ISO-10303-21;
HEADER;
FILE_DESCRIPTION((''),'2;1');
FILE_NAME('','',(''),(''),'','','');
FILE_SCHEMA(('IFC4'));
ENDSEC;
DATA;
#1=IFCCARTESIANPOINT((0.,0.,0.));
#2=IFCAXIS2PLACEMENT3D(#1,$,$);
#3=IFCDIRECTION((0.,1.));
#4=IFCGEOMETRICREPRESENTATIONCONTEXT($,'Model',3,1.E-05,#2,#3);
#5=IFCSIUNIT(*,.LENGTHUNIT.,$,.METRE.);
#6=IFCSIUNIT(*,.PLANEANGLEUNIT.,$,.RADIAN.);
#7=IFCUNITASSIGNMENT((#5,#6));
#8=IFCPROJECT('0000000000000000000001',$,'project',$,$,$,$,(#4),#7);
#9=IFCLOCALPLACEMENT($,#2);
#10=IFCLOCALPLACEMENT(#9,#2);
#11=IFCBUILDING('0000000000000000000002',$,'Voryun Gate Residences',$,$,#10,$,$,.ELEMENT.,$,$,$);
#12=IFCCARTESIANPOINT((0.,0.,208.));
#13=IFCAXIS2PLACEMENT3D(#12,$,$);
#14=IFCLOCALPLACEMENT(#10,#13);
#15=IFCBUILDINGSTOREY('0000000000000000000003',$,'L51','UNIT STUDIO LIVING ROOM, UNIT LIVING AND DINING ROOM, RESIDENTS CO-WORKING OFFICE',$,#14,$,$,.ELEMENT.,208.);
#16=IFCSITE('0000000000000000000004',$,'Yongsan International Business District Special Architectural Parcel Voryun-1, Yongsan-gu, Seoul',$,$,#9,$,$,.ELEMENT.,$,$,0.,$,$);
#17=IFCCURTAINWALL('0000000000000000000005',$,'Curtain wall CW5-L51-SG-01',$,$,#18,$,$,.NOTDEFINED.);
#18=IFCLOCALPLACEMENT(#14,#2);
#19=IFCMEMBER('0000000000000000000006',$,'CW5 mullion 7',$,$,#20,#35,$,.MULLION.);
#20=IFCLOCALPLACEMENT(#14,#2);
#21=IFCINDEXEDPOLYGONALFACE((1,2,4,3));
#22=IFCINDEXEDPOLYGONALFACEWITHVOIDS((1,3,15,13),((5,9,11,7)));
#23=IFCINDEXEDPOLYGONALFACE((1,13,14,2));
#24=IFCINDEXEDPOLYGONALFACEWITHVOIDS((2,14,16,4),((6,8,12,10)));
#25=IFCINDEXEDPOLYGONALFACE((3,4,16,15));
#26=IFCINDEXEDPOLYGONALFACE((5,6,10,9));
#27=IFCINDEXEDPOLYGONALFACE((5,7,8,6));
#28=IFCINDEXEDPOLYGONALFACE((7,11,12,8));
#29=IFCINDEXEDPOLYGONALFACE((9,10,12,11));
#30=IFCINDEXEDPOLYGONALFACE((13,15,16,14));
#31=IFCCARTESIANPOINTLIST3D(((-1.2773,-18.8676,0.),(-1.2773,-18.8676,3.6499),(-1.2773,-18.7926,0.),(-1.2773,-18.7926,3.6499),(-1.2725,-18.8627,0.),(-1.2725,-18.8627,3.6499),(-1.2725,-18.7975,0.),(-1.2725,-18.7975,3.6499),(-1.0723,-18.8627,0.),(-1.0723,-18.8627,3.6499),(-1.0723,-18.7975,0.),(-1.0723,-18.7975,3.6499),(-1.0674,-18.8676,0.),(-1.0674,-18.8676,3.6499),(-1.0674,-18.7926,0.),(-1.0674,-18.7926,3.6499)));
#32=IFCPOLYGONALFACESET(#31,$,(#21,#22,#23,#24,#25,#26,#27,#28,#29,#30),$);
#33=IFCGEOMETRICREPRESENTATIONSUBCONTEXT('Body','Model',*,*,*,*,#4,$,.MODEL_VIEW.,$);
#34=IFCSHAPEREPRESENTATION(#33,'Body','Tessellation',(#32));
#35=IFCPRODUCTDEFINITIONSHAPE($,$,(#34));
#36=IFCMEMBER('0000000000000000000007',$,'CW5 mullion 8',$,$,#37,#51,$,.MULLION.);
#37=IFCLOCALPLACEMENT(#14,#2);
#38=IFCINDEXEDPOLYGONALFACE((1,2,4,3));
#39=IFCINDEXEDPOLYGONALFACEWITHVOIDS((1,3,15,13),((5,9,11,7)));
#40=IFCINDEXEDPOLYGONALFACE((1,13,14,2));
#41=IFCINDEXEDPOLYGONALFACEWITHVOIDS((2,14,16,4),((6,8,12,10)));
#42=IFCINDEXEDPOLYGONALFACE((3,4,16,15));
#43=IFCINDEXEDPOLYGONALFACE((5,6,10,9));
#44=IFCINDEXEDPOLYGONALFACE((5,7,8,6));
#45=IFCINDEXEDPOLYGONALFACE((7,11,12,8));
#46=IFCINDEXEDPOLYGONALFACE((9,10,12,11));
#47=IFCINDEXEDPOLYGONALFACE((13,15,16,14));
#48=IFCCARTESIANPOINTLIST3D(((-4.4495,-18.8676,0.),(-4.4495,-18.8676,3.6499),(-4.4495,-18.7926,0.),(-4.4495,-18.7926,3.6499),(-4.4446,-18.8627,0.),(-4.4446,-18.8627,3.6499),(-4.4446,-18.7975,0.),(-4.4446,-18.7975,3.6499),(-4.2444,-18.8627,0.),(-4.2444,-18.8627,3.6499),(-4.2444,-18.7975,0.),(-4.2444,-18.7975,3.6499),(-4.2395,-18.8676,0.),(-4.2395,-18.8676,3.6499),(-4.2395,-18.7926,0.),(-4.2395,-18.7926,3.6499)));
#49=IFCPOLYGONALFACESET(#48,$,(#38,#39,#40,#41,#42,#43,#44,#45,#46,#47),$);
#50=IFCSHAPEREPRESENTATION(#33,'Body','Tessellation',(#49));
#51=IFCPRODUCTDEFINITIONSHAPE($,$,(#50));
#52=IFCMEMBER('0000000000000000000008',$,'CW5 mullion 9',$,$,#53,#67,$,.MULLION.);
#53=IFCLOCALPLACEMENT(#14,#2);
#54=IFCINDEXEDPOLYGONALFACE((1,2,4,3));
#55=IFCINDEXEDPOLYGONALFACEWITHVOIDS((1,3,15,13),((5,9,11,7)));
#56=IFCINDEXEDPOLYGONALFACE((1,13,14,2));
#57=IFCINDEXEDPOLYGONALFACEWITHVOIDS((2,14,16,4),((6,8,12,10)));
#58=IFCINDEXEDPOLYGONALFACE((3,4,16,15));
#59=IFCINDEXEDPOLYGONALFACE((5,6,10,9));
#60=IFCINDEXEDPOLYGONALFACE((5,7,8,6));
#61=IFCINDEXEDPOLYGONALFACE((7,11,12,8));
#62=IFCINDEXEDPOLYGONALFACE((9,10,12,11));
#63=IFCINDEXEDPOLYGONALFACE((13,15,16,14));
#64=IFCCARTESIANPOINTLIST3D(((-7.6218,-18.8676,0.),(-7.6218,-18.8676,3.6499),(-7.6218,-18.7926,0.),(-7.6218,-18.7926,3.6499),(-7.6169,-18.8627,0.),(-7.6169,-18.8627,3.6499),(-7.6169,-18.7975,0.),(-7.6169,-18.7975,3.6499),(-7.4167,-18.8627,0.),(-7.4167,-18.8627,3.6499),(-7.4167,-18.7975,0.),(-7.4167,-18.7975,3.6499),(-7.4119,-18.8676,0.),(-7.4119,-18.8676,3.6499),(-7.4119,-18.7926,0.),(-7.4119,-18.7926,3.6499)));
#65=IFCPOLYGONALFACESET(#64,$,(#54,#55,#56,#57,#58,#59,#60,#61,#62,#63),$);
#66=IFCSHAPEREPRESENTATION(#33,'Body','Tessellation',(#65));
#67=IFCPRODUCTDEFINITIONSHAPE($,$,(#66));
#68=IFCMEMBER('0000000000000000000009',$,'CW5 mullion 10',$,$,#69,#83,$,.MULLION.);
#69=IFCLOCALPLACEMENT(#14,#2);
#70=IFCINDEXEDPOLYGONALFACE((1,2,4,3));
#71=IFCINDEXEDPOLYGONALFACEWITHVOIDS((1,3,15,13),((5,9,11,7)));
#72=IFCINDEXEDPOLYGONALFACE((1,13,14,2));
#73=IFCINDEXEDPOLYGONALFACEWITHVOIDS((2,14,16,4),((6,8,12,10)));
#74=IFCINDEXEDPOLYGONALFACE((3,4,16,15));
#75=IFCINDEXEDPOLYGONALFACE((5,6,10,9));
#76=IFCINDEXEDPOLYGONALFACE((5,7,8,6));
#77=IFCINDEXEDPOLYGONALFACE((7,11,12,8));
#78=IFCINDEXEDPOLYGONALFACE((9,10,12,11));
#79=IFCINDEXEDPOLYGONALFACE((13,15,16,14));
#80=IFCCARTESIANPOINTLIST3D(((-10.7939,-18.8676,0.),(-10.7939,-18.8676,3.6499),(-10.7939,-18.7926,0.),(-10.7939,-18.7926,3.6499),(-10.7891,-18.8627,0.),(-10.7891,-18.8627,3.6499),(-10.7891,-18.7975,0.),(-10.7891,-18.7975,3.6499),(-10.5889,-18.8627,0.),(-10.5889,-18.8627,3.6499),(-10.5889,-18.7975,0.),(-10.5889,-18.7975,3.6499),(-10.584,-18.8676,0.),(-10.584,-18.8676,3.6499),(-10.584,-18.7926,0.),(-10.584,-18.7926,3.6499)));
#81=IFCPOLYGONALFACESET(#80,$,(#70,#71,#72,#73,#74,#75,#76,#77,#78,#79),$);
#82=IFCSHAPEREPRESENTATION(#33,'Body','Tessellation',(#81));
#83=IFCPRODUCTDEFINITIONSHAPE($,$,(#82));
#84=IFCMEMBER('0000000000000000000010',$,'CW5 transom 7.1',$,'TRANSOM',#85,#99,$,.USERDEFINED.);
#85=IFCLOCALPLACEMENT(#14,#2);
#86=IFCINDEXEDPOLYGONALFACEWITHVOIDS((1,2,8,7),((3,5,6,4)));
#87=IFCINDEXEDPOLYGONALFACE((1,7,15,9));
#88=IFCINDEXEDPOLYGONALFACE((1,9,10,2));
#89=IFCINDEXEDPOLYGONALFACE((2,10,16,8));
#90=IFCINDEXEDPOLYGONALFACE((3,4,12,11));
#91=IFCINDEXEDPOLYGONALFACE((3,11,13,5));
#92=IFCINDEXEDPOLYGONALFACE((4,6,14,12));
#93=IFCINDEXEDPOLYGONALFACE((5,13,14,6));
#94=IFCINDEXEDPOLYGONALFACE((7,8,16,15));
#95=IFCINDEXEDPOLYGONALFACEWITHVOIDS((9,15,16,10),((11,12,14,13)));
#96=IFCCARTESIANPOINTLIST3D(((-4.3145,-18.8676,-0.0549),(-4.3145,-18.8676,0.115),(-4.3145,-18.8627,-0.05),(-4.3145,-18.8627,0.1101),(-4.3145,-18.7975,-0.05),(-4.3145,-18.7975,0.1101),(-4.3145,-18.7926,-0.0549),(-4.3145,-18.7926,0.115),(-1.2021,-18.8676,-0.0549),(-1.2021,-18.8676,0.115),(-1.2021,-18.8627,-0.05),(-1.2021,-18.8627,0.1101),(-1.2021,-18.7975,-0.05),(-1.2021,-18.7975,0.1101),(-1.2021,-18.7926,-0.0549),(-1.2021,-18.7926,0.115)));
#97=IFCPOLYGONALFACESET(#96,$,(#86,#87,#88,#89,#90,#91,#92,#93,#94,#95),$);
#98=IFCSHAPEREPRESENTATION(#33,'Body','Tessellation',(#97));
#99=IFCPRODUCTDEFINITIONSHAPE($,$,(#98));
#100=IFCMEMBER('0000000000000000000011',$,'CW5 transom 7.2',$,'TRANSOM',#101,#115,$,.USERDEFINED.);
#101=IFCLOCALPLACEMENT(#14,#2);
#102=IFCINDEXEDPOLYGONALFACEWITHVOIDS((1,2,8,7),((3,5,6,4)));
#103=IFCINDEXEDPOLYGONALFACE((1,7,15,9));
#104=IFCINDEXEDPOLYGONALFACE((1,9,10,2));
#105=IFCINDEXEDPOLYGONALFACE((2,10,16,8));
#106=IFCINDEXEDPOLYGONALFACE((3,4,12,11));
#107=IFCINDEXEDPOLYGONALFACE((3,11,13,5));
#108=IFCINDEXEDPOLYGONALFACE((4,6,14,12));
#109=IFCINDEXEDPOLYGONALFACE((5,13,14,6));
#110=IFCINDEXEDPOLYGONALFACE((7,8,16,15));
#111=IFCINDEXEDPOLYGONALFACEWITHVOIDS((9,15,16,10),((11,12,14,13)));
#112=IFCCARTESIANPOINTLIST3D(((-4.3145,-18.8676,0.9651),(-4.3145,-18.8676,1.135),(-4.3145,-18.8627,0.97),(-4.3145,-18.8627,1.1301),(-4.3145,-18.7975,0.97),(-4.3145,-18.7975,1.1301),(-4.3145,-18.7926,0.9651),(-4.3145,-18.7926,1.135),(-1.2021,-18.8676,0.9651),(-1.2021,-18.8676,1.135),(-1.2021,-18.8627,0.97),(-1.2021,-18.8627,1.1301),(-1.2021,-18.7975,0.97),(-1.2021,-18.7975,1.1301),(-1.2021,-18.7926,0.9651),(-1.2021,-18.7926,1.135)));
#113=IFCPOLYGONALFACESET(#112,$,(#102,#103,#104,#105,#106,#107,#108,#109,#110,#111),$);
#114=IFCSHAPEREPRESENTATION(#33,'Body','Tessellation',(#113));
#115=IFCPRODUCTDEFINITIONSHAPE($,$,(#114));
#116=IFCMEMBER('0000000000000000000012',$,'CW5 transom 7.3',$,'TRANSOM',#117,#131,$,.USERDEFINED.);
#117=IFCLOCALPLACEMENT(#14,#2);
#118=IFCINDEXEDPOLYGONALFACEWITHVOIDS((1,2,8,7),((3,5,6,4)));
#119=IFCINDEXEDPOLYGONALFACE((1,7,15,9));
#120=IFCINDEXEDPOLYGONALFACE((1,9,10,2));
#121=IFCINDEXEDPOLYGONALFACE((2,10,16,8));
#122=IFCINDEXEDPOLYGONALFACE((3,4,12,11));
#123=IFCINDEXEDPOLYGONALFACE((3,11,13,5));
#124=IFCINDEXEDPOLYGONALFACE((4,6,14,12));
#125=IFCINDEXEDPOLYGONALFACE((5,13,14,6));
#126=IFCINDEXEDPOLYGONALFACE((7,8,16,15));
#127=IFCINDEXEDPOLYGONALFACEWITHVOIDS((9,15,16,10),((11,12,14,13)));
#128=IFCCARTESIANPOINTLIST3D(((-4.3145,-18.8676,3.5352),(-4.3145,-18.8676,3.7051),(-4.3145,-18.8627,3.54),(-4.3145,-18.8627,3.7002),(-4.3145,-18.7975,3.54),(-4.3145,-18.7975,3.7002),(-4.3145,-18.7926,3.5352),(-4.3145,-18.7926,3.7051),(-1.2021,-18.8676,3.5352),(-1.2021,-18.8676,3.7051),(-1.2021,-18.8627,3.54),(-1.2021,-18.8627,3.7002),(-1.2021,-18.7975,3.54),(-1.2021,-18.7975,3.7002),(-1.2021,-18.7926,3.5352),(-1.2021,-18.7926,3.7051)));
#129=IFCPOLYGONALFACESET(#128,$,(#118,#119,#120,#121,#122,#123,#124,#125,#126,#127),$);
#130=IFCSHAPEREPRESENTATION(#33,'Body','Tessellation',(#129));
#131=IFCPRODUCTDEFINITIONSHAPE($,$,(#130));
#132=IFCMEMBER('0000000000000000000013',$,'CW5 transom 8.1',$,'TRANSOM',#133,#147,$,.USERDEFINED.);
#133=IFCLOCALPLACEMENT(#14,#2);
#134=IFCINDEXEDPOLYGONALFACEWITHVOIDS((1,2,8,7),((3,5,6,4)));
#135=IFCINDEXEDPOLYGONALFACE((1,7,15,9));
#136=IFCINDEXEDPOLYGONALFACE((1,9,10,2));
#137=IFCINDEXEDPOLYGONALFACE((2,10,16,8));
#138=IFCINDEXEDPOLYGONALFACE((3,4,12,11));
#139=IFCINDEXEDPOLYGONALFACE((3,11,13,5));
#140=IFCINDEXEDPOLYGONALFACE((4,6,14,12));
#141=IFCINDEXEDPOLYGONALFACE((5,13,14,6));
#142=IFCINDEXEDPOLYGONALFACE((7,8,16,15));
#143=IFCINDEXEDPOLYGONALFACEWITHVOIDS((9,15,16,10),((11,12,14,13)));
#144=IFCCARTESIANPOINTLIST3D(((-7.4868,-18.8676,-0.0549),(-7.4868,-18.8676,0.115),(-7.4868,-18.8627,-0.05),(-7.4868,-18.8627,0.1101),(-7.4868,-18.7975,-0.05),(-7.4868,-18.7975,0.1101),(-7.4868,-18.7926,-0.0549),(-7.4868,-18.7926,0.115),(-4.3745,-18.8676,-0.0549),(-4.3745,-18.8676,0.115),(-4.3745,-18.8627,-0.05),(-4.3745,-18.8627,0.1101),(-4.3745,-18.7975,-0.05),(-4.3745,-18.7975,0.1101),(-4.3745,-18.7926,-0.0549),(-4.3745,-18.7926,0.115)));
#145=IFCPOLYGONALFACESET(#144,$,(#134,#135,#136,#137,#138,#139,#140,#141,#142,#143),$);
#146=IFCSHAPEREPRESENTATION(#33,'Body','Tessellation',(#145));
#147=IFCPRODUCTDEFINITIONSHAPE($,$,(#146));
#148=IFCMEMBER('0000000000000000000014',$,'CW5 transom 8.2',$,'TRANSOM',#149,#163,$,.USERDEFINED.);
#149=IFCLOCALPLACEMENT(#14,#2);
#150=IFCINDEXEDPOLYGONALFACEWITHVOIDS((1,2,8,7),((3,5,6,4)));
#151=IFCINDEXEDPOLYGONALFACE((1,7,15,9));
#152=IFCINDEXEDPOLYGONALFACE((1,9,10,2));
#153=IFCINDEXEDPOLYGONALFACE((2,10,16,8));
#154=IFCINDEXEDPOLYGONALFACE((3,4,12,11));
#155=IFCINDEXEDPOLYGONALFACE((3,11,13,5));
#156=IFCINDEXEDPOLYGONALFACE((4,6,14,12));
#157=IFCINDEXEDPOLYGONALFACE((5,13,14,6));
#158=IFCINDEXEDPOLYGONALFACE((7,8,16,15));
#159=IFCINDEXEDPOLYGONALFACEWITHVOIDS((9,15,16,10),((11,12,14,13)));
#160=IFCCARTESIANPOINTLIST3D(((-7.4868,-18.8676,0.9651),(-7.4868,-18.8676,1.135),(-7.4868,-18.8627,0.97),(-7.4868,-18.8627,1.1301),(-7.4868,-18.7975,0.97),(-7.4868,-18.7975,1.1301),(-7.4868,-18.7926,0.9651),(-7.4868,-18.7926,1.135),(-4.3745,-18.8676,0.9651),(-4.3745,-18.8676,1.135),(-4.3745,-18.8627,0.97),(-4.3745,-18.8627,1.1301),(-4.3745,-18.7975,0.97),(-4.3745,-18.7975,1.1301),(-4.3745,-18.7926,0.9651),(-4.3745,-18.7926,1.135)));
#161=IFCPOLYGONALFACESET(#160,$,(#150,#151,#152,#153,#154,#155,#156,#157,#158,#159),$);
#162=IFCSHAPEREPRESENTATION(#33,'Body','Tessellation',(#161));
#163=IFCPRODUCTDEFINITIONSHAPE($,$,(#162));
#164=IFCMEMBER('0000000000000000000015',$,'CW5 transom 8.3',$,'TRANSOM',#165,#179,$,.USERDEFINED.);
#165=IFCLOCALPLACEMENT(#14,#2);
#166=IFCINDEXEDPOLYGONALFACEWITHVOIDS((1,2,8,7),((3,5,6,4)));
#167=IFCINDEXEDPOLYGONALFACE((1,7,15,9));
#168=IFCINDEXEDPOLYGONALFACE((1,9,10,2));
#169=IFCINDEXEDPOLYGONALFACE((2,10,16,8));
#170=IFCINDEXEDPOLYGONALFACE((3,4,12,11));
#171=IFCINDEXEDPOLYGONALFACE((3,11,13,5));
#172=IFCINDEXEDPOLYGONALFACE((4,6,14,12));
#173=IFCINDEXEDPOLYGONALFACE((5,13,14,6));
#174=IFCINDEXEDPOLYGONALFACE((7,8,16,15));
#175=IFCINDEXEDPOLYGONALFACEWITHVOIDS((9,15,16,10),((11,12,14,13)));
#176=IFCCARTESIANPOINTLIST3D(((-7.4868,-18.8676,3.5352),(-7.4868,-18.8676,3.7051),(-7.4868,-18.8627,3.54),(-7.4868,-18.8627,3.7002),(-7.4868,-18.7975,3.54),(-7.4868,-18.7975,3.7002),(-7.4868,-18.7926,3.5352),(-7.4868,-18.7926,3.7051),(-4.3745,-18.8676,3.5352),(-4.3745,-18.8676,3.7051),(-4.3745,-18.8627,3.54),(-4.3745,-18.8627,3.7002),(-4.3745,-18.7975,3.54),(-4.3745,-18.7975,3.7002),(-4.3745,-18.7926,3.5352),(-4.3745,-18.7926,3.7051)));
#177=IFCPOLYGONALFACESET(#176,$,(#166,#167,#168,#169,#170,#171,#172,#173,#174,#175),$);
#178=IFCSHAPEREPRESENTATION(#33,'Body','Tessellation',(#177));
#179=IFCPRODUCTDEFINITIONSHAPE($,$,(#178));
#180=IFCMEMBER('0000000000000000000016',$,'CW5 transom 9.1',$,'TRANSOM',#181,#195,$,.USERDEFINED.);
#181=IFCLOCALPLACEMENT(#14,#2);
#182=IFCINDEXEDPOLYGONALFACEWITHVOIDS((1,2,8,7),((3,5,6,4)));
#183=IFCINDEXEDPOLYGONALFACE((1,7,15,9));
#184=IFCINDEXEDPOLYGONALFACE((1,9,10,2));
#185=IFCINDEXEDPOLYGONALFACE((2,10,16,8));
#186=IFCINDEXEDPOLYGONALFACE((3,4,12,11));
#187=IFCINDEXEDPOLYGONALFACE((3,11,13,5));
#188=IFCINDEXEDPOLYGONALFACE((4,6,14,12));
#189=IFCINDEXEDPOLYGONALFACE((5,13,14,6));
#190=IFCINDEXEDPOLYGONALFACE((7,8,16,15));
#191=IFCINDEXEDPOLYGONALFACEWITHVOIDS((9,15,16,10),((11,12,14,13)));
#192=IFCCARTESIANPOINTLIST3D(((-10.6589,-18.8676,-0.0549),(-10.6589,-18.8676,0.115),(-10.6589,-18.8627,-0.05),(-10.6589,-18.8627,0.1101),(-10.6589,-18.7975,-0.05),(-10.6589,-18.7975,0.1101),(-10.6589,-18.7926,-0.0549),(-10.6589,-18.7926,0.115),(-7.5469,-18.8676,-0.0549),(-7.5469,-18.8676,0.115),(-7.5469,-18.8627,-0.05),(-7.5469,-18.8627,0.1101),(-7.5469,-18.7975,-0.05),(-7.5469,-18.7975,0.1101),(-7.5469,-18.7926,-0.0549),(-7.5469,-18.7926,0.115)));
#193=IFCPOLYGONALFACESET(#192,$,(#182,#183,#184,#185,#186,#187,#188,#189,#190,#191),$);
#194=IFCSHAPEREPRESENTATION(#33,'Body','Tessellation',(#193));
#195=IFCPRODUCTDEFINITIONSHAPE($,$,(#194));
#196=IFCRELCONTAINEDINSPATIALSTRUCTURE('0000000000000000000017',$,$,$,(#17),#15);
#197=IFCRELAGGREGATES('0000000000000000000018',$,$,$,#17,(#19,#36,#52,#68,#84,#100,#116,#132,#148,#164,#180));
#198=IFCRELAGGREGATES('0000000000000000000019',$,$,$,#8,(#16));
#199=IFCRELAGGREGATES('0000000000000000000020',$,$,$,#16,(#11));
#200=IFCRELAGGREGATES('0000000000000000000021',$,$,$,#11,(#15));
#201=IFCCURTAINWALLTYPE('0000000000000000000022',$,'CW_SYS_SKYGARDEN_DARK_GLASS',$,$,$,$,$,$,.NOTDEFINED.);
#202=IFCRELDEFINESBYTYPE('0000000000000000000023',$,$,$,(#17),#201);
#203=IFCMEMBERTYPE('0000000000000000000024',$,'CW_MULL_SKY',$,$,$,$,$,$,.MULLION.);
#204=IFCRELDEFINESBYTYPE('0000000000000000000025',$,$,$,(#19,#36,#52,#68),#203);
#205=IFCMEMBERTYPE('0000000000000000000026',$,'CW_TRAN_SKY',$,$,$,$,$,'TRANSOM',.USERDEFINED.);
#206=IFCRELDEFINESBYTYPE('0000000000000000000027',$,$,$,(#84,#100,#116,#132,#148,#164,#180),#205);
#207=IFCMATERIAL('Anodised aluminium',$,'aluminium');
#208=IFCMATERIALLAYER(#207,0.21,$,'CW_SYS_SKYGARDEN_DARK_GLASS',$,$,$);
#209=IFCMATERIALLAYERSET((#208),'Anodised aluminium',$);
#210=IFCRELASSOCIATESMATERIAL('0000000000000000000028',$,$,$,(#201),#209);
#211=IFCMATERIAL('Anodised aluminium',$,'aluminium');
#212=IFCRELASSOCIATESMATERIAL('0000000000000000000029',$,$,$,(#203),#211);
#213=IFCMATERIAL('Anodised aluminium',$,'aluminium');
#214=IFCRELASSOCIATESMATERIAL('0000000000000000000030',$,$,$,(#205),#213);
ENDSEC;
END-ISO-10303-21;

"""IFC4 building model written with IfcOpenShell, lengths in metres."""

from ifc_helpers import new_model, si_unit, direction, frame, origin, origin_2d, place, context, subcontext, project, spatial, hollow_rectangle, extrude, material, layer, layer_set, material_profile, profile_set, type_object, element, aggregate, save


model = new_model("IFC4")

# Units and contexts
model_context = context("Model", 3, precision=1e-05, world=origin(), true_north=direction((0.0, 1.0)))
body_context = subcontext(model_context, "Body", "Model", "MODEL_VIEW")
ifc_project = project(units=[si_unit("LENGTHUNIT", "METRE"), si_unit("PLANEANGLEUNIT", "RADIAN")], contexts=[model_context])

# Site, building, storey
site_placement = place(None, origin())
site = spatial("IfcSite", under=ifc_project, at=site_placement, Name="Yongsan International Business District Special Architectural Parcel Voryun-1, Yongsan-gu, Seoul", CompositionType="ELEMENT", RefElevation=0.0)
building_placement = place(site_placement, origin())
building = spatial("IfcBuilding", under=site, at=building_placement, Name="Voryun Gate Residences", CompositionType="ELEMENT")
storey_placement = place(building_placement, frame((0.0, 0.0, 208.0)))
storey = spatial("IfcBuildingStorey", under=building, at=storey_placement, Name="L51", Description="UNIT STUDIO LIVING ROOM, UNIT LIVING AND DINING ROOM, RESIDENTS CO-WORKING OFFICE", CompositionType="ELEMENT", Elevation=208.0)

# Curtain wall, members
ifc_material_1 = material(Name="Anodised aluminium", Category="aluminium")
ifc_layer_1 = layer(ifc_material_1, 0.21, Name="CW_SYS_SKYGARDEN_DARK_GLASS")
ifc_layer_set_1 = layer_set([ifc_layer_1], Name="Anodised aluminium")
curtain_wall_type = type_object("IfcCurtainWallType", Name="CW_SYS_SKYGARDEN_DARK_GLASS", PredefinedType="NOTDEFINED", material=ifc_layer_set_1)
curtain_wall_placement = place(storey_placement, origin())
curtain_wall = element("IfcCurtainWall", 1, at=curtain_wall_placement, inside=storey, type_object=curtain_wall_type, Name="Curtain wall CW5-L51-SG-01", PredefinedType="NOTDEFINED")
ifc_material_2 = material(Name="Anodised aluminium", Category="aluminium")
ifc_material_profile_1 = material_profile(ifc_material_2, hollow_rectangle(XDim=0.075, YDim=0.21, WallThickness=0.0049, at=origin_2d()), Name="ALU-MULL-210x75x5")
ifc_profile_set_1 = profile_set([ifc_material_profile_1], Name="Anodised aluminium")
member_type_1 = type_object("IfcMemberType", Name="CW_MULL_SKY", PredefinedType="MULLION", material=ifc_profile_set_1)
member_1_placement = place(storey_placement, frame((-1.1724, -18.8301, 0.0), z_axis=(0.0, 0.0, 1.0), x_axis=(0.0, -1.0, 0.0)))
member_1 = element("IfcMember", 2, at=member_1_placement, type_object=member_type_1, Name="CW5 mullion 7", PredefinedType="MULLION", context=body_context, shape_type="SweptSolid", body=[
    extrude(hollow_rectangle(XDim=0.075, YDim=0.21, WallThickness=0.0049, at=origin_2d()), origin(), (0.0, 0.0, 1.0), 3.6499),
])
member_2_placement = place(storey_placement, frame((-4.3445, -18.8301, 0.0), z_axis=(0.0, 0.0, 1.0), x_axis=(0.0, -1.0, 0.0)))
member_2 = element("IfcMember", 3, at=member_2_placement, type_object=member_type_1, Name="CW5 mullion 8", PredefinedType="MULLION", context=body_context, shape_type="SweptSolid", body=[
    extrude(hollow_rectangle(XDim=0.075, YDim=0.21, WallThickness=0.0049, at=origin_2d()), origin(), (0.0, 0.0, 1.0), 3.6499),
])
member_3_placement = place(storey_placement, frame((-7.5168, -18.8301, 0.0), z_axis=(0.0, 0.0, 1.0), x_axis=(0.0, -1.0, 0.0)))
member_3 = element("IfcMember", 4, at=member_3_placement, type_object=member_type_1, Name="CW5 mullion 9", PredefinedType="MULLION", context=body_context, shape_type="SweptSolid", body=[
    extrude(hollow_rectangle(XDim=0.075, YDim=0.21, WallThickness=0.0049, at=origin_2d()), origin(), (0.0, 0.0, 1.0), 3.6499),
])
member_4_placement = place(storey_placement, frame((-10.689, -18.8301, 0.0), z_axis=(0.0, 0.0, 1.0), x_axis=(0.0, -1.0, 0.0)))
member_4 = element("IfcMember", 5, at=member_4_placement, type_object=member_type_1, Name="CW5 mullion 10", PredefinedType="MULLION", context=body_context, shape_type="SweptSolid", body=[
    extrude(hollow_rectangle(XDim=0.075, YDim=0.21, WallThickness=0.0049, at=origin_2d()), origin(), (0.0, 0.0, 1.0), 3.6499),
])
ifc_material_3 = material(Name="Anodised aluminium", Category="aluminium")
ifc_material_profile_2 = material_profile(ifc_material_3, hollow_rectangle(XDim=0.075, YDim=0.1699, WallThickness=0.0049, at=origin_2d()), Name="ALU-TRAN-170x75x5")
ifc_profile_set_2 = profile_set([ifc_material_profile_2], Name="Anodised aluminium")
member_type_2 = type_object("IfcMemberType", Name="CW_TRAN_SKY", ElementType="TRANSOM", PredefinedType="USERDEFINED", material=ifc_profile_set_2)
member_5_placement = place(storey_placement, frame((-1.2021, -18.8301, 0.03), z_axis=(-1.0, 0.0, 0.0), x_axis=(0.0, -1.0, 0.0)))
member_5 = element("IfcMember", 6, at=member_5_placement, type_object=member_type_2, Name="CW5 transom 7.1", ObjectType="TRANSOM", PredefinedType="USERDEFINED", context=body_context, shape_type="SweptSolid", body=[
    extrude(hollow_rectangle(XDim=0.075, YDim=0.1699, WallThickness=0.0049, at=origin_2d()), origin(), (0.0, 0.0, 1.0), 3.1123),
])
member_6_placement = place(storey_placement, frame((-1.2021, -18.8301, 1.05), z_axis=(-1.0, 0.0, 0.0), x_axis=(0.0, -1.0, 0.0)))
member_6 = element("IfcMember", 7, at=member_6_placement, type_object=member_type_2, Name="CW5 transom 7.2", ObjectType="TRANSOM", PredefinedType="USERDEFINED", context=body_context, shape_type="SweptSolid", body=[
    extrude(hollow_rectangle(XDim=0.075, YDim=0.1699, WallThickness=0.0049, at=origin_2d()), origin(), (0.0, 0.0, 1.0), 3.1123),
])
member_7_placement = place(storey_placement, frame((-1.2021, -18.8301, 3.6201), z_axis=(-1.0, 0.0, 0.0), x_axis=(0.0, -1.0, 0.0)))
member_7 = element("IfcMember", 8, at=member_7_placement, type_object=member_type_2, Name="CW5 transom 7.3", ObjectType="TRANSOM", PredefinedType="USERDEFINED", context=body_context, shape_type="SweptSolid", body=[
    extrude(hollow_rectangle(XDim=0.075, YDim=0.1699, WallThickness=0.0049, at=origin_2d()), origin(), (0.0, 0.0, 1.0), 3.1123),
])
member_8_placement = place(storey_placement, frame((-4.3745, -18.8301, 0.03), z_axis=(-1.0, 0.0, 0.0), x_axis=(0.0, -1.0, 0.0)))
member_8 = element("IfcMember", 9, at=member_8_placement, type_object=member_type_2, Name="CW5 transom 8.1", ObjectType="TRANSOM", PredefinedType="USERDEFINED", context=body_context, shape_type="SweptSolid", body=[
    extrude(hollow_rectangle(XDim=0.075, YDim=0.1699, WallThickness=0.0049, at=origin_2d()), origin(), (0.0, 0.0, 1.0), 3.1123),
])
member_9_placement = place(storey_placement, frame((-4.3745, -18.8301, 1.05), z_axis=(-1.0, 0.0, 0.0), x_axis=(0.0, -1.0, 0.0)))
member_9 = element("IfcMember", 10, at=member_9_placement, type_object=member_type_2, Name="CW5 transom 8.2", ObjectType="TRANSOM", PredefinedType="USERDEFINED", context=body_context, shape_type="SweptSolid", body=[
    extrude(hollow_rectangle(XDim=0.075, YDim=0.1699, WallThickness=0.0049, at=origin_2d()), origin(), (0.0, 0.0, 1.0), 3.1123),
])
member_10_placement = place(storey_placement, frame((-4.3745, -18.8301, 3.6201), z_axis=(-1.0, 0.0, 0.0), x_axis=(0.0, -1.0, 0.0)))
member_10 = element("IfcMember", 11, at=member_10_placement, type_object=member_type_2, Name="CW5 transom 8.3", ObjectType="TRANSOM", PredefinedType="USERDEFINED", context=body_context, shape_type="SweptSolid", body=[
    extrude(hollow_rectangle(XDim=0.075, YDim=0.1699, WallThickness=0.0049, at=origin_2d()), origin(), (0.0, 0.0, 1.0), 3.1123),
])
member_11_placement = place(storey_placement, frame((-7.5469, -18.8301, 0.03), z_axis=(-1.0, 0.0, 0.0), x_axis=(0.0, -1.0, 0.0)))
member_11 = element("IfcMember", 12, at=member_11_placement, type_object=member_type_2, Name="CW5 transom 9.1", ObjectType="TRANSOM", PredefinedType="USERDEFINED", context=body_context, shape_type="SweptSolid", body=[
    extrude(hollow_rectangle(XDim=0.075, YDim=0.1699, WallThickness=0.0049, at=origin_2d()), origin(), (0.0, 0.0, 1.0), 3.1121),
])
aggregate(curtain_wall, [member_1, member_2, member_3, member_4, member_5, member_6, member_7, member_8, member_9, member_10, member_11])

save(model, "model.ifc")
